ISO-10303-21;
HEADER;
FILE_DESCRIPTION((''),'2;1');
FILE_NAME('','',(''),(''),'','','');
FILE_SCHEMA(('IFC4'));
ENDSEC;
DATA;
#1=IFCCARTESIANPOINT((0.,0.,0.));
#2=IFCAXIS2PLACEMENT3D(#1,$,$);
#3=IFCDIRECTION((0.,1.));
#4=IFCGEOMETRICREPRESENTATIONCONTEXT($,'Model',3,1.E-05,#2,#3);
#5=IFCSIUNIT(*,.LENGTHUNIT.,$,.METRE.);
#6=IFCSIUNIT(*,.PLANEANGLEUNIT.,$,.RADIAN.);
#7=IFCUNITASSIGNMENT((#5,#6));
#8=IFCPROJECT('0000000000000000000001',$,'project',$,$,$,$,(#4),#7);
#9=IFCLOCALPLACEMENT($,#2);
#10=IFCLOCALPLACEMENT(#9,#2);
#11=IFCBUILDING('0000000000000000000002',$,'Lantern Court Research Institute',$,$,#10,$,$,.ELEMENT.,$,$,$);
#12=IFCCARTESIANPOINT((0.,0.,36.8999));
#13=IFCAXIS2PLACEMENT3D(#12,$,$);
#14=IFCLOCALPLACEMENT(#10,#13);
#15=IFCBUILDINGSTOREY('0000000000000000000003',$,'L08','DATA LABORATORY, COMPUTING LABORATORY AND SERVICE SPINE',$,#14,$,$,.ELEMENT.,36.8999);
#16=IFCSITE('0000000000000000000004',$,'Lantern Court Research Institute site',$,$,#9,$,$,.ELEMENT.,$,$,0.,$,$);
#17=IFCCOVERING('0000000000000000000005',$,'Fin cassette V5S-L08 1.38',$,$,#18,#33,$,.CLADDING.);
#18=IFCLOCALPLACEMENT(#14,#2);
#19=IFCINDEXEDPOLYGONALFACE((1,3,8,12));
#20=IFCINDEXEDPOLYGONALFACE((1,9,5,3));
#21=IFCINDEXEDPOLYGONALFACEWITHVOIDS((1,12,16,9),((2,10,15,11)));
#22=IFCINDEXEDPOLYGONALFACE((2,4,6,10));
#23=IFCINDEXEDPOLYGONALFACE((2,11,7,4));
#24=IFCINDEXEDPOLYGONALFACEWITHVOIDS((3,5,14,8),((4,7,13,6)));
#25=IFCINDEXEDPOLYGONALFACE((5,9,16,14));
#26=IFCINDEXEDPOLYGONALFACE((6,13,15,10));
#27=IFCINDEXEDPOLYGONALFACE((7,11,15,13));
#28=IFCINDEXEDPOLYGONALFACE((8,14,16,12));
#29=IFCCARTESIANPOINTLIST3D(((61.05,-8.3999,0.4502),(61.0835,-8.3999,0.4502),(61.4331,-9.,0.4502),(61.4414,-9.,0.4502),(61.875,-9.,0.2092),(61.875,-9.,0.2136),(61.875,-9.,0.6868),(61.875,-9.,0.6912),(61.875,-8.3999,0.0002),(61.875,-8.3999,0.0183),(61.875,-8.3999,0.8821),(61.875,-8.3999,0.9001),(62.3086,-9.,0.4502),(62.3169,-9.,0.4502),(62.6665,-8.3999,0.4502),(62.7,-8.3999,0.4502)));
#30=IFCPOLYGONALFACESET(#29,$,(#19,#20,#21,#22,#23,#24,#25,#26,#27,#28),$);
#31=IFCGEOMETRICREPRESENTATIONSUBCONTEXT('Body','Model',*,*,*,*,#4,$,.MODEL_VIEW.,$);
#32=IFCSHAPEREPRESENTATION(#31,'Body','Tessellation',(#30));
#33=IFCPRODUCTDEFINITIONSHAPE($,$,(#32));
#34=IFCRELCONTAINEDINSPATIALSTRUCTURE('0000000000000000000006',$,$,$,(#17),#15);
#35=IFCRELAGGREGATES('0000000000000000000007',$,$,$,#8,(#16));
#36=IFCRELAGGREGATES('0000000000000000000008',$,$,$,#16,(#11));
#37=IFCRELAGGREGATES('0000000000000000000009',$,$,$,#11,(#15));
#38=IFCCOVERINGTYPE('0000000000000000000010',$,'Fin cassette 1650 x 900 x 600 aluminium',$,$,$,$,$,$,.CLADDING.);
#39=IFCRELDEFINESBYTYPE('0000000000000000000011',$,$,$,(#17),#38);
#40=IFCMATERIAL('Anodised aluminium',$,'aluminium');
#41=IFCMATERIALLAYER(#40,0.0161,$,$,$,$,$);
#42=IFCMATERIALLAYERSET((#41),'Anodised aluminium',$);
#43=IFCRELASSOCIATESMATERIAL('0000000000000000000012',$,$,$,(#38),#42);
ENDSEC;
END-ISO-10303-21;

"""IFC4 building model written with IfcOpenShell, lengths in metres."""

from ifc_helpers import new_model, entity, si_unit, direction, frame, origin, place, context, subcontext, project, spatial, material, layer, layer_set, type_object, element, save


model = new_model("IFC4")

# Units and contexts
model_context = context("Model", 3, precision=1e-05, world=origin(), true_north=direction((0.0, 1.0)))
body_context = subcontext(model_context, "Body", "Model", "MODEL_VIEW")
ifc_project = project(units=[si_unit("LENGTHUNIT", "METRE"), si_unit("PLANEANGLEUNIT", "RADIAN")], contexts=[model_context])

# Site, building, storey
site_placement = place(None, origin())
site = spatial("IfcSite", under=ifc_project, at=site_placement, Name="Lantern Court Research Institute site", CompositionType="ELEMENT", RefElevation=0.0)
building_placement = place(site_placement, origin())
building = spatial("IfcBuilding", under=site, at=building_placement, Name="Lantern Court Research Institute", CompositionType="ELEMENT")
storey_placement = place(building_placement, frame((0.0, 0.0, 36.8999)))
storey = spatial("IfcBuildingStorey", under=building, at=storey_placement, Name="L08", Description="DATA LABORATORY, COMPUTING LABORATORY AND SERVICE SPINE", CompositionType="ELEMENT", Elevation=36.8999)

# Covering
ifc_material_1 = material(Name="Anodised aluminium", Category="aluminium")
ifc_layer_1 = layer(ifc_material_1, 0.0161)
ifc_layer_set_1 = layer_set([ifc_layer_1], Name="Anodised aluminium")
covering_type = type_object("IfcCoveringType", Name="Fin cassette 1650 x 900 x 600 aluminium", PredefinedType="CLADDING", material=ifc_layer_set_1)
covering_1_placement = place(storey_placement, frame((61.875, -8.3999, 0.4502), z_axis=(0.0, -1.0, 0.0), x_axis=(1.0, 0.0, 0.0)))
cartesian_point_1 = entity("IfcCartesianPoint", [0.825, 0.0])
cartesian_point_2 = entity("IfcCartesianPoint", [0.7915, 0.0])
cartesian_point_3 = entity("IfcCartesianPoint", [0.4419, 0.0])
cartesian_point_4 = entity("IfcCartesianPoint", [0.4336, 0.0])
element("IfcCovering", 1, at=covering_1_placement, inside=storey, type_object=covering_type, Name="Fin cassette V5S-L08 1.38", PredefinedType="CLADDING", context=body_context, shape_type="SweptSolid", body=[
    entity("IfcExtrudedAreaSolidTapered", entity("IfcArbitraryProfileDefWithVoids", "AREA", None, entity("IfcPolyline", [cartesian_point_1, entity("IfcCartesianPoint", [0.0, 0.45]), entity("IfcCartesianPoint", [-0.825, 0.0]), entity("IfcCartesianPoint", [0.0, -0.45]), cartesian_point_1]), [entity("IfcPolyline", [cartesian_point_2, entity("IfcCartesianPoint", [0.0, 0.4319]), entity("IfcCartesianPoint", [-0.7915, 0.0]), entity("IfcCartesianPoint", [0.0, -0.4319]), cartesian_point_2])]), entity("IfcAxis2Placement3D", entity("IfcCartesianPoint", [0.0, 0.0, 0.0])), entity("IfcDirection", [0.0, 0.0, 1.0]), 0.6001, entity("IfcArbitraryProfileDefWithVoids", "AREA", None, entity("IfcPolyline", [cartesian_point_3, entity("IfcCartesianPoint", [0.0, 0.241]), entity("IfcCartesianPoint", [-0.4419, 0.0]), entity("IfcCartesianPoint", [0.0, -0.241]), cartesian_point_3]), [entity("IfcPolyline", [cartesian_point_4, entity("IfcCartesianPoint", [0.0, 0.2366]), entity("IfcCartesianPoint", [-0.4336, 0.0]), entity("IfcCartesianPoint", [0.0, -0.2366]), cartesian_point_4])])),
])

save(model, "model.ifc")
